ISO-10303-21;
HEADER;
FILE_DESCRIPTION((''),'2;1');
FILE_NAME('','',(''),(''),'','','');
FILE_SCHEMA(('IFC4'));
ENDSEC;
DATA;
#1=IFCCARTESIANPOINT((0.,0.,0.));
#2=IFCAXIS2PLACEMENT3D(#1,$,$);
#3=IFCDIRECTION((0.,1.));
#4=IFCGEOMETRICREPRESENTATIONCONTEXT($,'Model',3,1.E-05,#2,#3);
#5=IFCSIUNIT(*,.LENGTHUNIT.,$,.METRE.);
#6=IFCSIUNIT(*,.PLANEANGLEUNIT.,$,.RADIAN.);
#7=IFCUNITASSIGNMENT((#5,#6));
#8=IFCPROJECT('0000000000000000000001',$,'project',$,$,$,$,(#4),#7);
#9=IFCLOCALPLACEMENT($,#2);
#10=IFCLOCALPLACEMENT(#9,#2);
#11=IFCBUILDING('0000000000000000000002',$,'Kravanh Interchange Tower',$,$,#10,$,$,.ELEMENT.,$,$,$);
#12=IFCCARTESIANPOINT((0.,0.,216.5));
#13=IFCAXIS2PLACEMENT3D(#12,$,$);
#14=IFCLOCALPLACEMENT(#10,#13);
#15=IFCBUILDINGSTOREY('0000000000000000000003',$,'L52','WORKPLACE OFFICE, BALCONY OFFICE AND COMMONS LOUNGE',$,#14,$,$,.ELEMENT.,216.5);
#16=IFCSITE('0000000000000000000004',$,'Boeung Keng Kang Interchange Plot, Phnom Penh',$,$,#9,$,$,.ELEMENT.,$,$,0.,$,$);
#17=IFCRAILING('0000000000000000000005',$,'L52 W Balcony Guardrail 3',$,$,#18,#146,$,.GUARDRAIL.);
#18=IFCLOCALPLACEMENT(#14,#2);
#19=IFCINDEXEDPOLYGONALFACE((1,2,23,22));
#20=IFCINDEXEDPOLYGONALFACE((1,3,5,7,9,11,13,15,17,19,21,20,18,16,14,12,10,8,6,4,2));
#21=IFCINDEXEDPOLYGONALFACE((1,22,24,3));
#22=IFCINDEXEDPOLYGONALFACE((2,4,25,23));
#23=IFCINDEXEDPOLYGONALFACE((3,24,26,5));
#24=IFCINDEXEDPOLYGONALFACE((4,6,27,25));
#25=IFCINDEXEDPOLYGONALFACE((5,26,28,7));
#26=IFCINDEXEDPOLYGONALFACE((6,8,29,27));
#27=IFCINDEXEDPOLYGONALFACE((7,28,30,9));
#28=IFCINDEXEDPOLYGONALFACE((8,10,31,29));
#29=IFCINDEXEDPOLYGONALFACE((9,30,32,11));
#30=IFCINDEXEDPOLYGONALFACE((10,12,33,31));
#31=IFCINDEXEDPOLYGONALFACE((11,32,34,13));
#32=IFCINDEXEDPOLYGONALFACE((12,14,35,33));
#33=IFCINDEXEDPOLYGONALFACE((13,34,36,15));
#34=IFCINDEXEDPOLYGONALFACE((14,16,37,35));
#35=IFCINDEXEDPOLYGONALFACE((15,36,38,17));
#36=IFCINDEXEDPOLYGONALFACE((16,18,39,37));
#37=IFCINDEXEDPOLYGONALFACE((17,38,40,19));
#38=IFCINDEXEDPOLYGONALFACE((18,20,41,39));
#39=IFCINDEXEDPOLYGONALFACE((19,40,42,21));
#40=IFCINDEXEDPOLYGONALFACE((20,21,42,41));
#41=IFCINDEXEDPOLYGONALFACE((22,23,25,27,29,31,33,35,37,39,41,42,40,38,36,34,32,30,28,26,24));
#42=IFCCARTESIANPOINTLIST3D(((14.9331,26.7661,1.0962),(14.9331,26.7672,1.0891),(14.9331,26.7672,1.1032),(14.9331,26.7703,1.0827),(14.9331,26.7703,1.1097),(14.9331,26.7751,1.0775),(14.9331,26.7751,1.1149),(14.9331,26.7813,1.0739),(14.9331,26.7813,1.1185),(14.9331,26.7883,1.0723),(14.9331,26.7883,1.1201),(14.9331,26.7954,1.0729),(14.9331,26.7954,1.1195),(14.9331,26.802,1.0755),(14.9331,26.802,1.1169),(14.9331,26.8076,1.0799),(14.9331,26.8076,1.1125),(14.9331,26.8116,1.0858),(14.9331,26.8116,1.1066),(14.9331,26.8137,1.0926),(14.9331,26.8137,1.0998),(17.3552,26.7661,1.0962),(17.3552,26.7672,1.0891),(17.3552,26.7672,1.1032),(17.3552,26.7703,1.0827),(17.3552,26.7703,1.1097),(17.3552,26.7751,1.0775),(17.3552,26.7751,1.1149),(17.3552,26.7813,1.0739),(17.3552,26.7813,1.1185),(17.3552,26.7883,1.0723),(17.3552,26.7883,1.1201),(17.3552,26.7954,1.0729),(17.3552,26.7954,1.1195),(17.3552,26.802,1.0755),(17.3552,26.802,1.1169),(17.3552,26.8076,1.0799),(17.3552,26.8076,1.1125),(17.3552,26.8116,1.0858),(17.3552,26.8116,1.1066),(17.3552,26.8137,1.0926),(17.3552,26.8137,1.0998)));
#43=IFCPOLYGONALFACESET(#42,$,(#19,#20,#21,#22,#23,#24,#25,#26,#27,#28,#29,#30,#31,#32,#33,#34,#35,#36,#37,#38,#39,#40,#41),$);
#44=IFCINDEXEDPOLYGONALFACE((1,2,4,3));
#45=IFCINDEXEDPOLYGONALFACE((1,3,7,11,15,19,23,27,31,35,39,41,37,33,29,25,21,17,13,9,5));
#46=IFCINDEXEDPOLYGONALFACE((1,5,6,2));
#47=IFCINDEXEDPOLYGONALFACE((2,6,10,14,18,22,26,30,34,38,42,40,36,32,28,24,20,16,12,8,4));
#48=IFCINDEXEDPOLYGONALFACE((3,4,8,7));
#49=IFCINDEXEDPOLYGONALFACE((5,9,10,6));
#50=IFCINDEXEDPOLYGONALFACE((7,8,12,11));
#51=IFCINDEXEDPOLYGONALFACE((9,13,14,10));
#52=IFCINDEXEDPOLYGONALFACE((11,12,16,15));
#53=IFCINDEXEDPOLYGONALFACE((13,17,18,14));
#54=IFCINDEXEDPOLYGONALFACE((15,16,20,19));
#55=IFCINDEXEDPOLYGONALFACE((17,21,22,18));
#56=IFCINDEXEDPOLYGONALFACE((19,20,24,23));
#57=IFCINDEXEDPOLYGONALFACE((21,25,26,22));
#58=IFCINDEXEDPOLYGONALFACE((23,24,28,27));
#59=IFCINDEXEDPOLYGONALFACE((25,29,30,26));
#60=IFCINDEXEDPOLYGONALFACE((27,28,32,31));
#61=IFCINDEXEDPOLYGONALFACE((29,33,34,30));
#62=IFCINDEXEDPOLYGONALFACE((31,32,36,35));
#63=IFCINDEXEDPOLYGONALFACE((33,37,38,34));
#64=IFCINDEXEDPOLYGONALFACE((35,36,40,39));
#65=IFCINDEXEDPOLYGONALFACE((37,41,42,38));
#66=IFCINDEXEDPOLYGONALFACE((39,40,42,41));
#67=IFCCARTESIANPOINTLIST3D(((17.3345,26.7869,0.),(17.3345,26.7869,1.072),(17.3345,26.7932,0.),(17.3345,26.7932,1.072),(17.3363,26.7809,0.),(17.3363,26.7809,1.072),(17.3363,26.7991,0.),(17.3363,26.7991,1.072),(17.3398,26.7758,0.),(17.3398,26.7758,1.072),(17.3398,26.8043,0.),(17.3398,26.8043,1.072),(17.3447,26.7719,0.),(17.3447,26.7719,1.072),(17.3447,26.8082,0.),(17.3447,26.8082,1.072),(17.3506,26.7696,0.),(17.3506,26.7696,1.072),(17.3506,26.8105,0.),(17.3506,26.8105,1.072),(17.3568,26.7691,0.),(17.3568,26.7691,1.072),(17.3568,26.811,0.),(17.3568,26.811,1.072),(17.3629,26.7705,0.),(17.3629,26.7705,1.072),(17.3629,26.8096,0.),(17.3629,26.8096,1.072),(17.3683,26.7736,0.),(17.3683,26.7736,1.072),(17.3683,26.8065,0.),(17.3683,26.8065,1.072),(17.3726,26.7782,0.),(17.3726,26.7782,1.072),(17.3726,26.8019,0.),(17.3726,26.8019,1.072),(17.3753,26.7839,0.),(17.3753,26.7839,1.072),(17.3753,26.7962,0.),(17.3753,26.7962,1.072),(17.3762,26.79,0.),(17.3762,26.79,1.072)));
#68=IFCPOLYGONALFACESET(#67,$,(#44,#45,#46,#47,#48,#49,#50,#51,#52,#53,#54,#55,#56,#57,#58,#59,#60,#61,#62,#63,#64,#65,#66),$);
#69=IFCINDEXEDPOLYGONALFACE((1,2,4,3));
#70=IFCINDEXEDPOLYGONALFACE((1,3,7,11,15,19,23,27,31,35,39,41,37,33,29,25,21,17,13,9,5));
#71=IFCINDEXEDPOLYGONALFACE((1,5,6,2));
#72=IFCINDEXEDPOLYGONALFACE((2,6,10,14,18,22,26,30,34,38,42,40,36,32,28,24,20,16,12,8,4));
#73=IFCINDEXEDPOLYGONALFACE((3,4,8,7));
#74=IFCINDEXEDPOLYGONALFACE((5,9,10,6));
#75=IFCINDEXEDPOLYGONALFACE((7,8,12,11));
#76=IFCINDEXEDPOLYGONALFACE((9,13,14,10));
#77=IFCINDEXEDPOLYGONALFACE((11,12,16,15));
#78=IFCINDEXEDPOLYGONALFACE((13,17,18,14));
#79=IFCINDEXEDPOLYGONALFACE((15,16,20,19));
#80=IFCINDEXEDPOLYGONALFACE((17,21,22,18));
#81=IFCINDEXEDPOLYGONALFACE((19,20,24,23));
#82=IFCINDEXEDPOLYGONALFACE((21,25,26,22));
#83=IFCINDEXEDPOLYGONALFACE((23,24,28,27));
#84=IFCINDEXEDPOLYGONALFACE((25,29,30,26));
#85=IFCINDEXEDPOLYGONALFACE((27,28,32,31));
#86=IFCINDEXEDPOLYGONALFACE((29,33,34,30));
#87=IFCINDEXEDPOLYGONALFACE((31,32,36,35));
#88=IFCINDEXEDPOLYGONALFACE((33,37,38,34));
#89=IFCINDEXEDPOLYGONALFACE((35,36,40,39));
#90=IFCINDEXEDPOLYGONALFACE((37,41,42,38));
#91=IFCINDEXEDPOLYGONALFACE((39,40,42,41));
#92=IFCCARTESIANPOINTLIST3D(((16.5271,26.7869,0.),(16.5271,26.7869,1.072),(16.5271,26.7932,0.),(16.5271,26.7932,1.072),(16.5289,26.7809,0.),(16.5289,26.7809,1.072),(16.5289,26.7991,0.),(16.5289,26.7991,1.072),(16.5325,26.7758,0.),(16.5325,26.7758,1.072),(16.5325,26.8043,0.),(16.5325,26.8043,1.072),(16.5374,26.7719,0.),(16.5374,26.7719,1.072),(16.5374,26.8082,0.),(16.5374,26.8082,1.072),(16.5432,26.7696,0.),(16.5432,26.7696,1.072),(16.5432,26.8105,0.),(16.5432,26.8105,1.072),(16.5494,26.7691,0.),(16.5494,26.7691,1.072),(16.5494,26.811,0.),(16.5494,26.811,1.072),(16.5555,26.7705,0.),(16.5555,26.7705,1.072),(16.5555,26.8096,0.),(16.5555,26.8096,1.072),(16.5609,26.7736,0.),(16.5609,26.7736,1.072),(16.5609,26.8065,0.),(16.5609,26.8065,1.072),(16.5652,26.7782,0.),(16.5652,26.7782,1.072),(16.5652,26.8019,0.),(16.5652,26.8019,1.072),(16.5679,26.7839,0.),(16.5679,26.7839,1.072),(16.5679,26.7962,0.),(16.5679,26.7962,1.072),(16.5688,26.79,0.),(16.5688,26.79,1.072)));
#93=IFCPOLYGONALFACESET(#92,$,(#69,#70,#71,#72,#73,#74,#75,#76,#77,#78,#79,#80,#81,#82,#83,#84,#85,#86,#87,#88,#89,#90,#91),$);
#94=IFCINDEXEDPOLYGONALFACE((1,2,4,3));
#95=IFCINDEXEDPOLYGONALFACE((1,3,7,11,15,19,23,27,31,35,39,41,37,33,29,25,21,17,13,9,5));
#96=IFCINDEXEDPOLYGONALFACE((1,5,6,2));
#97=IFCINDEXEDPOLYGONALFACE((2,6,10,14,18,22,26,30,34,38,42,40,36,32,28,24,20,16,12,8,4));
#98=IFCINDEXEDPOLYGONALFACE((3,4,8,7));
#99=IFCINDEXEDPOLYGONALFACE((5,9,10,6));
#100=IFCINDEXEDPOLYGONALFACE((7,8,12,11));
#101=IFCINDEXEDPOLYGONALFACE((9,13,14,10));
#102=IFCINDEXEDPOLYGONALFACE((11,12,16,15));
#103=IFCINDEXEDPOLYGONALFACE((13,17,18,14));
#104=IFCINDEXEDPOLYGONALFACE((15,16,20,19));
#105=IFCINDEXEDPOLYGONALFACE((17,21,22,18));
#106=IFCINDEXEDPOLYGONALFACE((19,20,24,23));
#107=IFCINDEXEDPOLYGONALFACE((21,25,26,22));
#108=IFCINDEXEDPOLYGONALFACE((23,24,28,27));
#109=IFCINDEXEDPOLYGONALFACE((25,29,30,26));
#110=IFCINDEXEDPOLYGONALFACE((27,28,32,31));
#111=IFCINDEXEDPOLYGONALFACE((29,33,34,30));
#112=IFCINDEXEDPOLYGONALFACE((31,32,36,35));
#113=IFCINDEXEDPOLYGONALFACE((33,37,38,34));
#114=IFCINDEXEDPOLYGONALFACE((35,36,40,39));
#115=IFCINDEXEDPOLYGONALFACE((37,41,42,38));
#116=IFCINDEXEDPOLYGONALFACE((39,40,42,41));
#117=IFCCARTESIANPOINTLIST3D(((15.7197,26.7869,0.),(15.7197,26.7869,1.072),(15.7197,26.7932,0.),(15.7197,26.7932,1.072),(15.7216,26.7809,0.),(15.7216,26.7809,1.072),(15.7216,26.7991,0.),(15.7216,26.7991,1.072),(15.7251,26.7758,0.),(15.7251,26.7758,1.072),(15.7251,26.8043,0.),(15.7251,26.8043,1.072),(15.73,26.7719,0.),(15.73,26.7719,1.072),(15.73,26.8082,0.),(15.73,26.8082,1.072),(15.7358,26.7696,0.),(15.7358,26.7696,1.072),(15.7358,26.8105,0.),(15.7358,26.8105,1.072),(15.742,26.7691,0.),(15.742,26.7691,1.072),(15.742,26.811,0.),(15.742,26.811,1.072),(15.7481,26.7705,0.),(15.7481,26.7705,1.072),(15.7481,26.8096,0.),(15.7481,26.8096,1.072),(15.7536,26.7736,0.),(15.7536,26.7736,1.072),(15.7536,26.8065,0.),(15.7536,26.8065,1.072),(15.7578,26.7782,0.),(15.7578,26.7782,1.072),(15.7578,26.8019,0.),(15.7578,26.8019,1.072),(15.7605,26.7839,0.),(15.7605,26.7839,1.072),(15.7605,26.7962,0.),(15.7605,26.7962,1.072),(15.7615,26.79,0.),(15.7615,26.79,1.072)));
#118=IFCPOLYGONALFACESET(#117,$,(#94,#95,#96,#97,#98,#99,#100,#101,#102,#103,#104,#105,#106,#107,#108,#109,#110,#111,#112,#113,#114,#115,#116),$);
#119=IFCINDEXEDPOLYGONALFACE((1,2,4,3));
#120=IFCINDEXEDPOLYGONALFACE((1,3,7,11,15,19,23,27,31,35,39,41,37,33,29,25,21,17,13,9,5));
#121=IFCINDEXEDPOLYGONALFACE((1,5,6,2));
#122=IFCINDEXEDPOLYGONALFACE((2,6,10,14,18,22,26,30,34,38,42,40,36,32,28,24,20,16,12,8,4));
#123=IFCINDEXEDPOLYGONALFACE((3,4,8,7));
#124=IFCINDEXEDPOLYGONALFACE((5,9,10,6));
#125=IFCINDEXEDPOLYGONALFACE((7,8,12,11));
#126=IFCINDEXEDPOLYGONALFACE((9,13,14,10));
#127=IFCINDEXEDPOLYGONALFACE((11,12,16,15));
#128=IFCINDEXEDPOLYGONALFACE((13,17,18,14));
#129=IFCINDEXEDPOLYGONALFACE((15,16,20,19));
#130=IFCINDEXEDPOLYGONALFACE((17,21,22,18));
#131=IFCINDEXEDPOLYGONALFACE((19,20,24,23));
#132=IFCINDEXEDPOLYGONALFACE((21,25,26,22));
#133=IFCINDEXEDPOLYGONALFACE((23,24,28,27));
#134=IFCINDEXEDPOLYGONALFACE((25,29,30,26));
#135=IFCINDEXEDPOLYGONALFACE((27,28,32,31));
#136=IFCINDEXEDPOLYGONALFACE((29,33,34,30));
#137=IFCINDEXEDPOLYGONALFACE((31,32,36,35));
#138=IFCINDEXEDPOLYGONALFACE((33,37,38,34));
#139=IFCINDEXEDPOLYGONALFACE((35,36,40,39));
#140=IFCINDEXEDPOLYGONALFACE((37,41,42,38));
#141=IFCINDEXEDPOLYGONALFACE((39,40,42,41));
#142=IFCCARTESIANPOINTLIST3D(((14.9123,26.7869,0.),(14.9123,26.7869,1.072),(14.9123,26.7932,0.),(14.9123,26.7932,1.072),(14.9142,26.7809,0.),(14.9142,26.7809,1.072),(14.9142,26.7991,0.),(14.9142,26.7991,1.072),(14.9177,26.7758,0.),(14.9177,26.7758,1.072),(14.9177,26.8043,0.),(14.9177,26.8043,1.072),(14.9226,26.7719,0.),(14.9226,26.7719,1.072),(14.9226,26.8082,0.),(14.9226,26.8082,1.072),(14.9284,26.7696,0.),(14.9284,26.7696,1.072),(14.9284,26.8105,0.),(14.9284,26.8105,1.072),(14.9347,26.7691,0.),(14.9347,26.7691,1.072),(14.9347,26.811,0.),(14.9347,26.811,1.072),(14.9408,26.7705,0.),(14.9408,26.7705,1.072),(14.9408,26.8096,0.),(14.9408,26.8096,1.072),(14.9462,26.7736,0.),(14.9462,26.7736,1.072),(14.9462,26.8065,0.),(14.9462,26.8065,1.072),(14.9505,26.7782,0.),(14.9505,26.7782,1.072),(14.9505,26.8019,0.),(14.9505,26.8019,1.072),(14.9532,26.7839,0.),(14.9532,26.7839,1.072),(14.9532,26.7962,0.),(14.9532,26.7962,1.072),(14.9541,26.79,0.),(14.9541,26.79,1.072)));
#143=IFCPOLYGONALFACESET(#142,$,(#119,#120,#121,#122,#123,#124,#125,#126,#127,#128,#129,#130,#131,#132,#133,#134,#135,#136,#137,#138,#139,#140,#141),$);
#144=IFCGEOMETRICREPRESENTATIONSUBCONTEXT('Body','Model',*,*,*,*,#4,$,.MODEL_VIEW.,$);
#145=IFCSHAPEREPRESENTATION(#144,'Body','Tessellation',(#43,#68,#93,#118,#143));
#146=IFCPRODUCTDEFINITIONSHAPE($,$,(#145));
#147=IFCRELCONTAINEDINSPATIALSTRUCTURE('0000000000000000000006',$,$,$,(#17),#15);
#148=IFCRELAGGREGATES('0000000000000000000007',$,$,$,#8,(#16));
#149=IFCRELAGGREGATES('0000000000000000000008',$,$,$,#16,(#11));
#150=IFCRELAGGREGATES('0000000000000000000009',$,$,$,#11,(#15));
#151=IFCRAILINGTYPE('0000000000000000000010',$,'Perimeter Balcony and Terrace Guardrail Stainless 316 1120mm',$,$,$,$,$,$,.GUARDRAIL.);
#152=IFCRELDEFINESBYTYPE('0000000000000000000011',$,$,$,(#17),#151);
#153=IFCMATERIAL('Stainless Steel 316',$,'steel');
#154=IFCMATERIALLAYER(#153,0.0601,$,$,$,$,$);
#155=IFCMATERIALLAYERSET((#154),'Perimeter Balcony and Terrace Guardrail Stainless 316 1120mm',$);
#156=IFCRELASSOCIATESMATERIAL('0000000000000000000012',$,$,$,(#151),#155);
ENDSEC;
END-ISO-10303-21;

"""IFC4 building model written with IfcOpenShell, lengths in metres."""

from ifc_helpers import new_model, si_unit, direction, frame, origin, origin_2d, place, context, subcontext, project, spatial, circle, extrude, material, layer, layer_set, type_object, element, save


model = new_model("IFC4")

# Units and contexts
model_context = context("Model", 3, precision=1e-05, world=origin(), true_north=direction((0.0, 1.0)))
body_context = subcontext(model_context, "Body", "Model", "MODEL_VIEW")
ifc_project = project(units=[si_unit("LENGTHUNIT", "METRE"), si_unit("PLANEANGLEUNIT", "RADIAN")], contexts=[model_context])

# Site, building, storey
site_placement = place(None, origin())
site = spatial("IfcSite", under=ifc_project, at=site_placement, Name="Boeung Keng Kang Interchange Plot, Phnom Penh", CompositionType="ELEMENT", RefElevation=0.0)
building_placement = place(site_placement, origin())
building = spatial("IfcBuilding", under=site, at=building_placement, Name="Kravanh Interchange Tower", CompositionType="ELEMENT")
storey_placement = place(building_placement, frame((0.0, 0.0, 216.5)))
storey = spatial("IfcBuildingStorey", under=building, at=storey_placement, Name="L52", Description="WORKPLACE OFFICE, BALCONY OFFICE AND COMMONS LOUNGE", CompositionType="ELEMENT", Elevation=216.5)

# Railing
ifc_material_1 = material(Name="Stainless Steel 316", Category="steel")
ifc_layer_1 = layer(ifc_material_1, 0.0601)
ifc_layer_set_1 = layer_set([ifc_layer_1], Name="Perimeter Balcony and Terrace Guardrail Stainless 316 1120mm")
railing_type = type_object("IfcRailingType", Name="Perimeter Balcony and Terrace Guardrail Stainless 316 1120mm", PredefinedType="GUARDRAIL", material=ifc_layer_set_1)
railing_1_placement = place(storey_placement, frame((17.3552, 26.79, 0.0)))
element("IfcRailing", 1, at=railing_1_placement, inside=storey, type_object=railing_type, Name="L52 W Balcony Guardrail 3", PredefinedType="GUARDRAIL", context=body_context, shape_type="SweptSolid", body=[
    extrude(circle(Radius=0.0239, at=origin_2d()), frame((0.0, 0.0, 1.0962), z_axis=(-1.0, 0.0, 0.0), x_axis=(0.0, -1.0, 0.0)), (0.0, 0.0, 1.0), 2.4221),
    extrude(circle(Radius=0.021, at=origin_2d()), origin(), (0.0, 0.0, 1.0), 1.072),
    extrude(circle(Radius=0.021, at=origin_2d()), frame((-0.8074, 0.0, 0.0)), (0.0, 0.0, 1.0), 1.072),
    extrude(circle(Radius=0.021, at=origin_2d()), frame((-1.6147, 0.0, 0.0)), (0.0, 0.0, 1.0), 1.072),
    extrude(circle(Radius=0.021, at=origin_2d()), frame((-2.4221, 0.0, 0.0)), (0.0, 0.0, 1.0), 1.072),
])

save(model, "model.ifc")
